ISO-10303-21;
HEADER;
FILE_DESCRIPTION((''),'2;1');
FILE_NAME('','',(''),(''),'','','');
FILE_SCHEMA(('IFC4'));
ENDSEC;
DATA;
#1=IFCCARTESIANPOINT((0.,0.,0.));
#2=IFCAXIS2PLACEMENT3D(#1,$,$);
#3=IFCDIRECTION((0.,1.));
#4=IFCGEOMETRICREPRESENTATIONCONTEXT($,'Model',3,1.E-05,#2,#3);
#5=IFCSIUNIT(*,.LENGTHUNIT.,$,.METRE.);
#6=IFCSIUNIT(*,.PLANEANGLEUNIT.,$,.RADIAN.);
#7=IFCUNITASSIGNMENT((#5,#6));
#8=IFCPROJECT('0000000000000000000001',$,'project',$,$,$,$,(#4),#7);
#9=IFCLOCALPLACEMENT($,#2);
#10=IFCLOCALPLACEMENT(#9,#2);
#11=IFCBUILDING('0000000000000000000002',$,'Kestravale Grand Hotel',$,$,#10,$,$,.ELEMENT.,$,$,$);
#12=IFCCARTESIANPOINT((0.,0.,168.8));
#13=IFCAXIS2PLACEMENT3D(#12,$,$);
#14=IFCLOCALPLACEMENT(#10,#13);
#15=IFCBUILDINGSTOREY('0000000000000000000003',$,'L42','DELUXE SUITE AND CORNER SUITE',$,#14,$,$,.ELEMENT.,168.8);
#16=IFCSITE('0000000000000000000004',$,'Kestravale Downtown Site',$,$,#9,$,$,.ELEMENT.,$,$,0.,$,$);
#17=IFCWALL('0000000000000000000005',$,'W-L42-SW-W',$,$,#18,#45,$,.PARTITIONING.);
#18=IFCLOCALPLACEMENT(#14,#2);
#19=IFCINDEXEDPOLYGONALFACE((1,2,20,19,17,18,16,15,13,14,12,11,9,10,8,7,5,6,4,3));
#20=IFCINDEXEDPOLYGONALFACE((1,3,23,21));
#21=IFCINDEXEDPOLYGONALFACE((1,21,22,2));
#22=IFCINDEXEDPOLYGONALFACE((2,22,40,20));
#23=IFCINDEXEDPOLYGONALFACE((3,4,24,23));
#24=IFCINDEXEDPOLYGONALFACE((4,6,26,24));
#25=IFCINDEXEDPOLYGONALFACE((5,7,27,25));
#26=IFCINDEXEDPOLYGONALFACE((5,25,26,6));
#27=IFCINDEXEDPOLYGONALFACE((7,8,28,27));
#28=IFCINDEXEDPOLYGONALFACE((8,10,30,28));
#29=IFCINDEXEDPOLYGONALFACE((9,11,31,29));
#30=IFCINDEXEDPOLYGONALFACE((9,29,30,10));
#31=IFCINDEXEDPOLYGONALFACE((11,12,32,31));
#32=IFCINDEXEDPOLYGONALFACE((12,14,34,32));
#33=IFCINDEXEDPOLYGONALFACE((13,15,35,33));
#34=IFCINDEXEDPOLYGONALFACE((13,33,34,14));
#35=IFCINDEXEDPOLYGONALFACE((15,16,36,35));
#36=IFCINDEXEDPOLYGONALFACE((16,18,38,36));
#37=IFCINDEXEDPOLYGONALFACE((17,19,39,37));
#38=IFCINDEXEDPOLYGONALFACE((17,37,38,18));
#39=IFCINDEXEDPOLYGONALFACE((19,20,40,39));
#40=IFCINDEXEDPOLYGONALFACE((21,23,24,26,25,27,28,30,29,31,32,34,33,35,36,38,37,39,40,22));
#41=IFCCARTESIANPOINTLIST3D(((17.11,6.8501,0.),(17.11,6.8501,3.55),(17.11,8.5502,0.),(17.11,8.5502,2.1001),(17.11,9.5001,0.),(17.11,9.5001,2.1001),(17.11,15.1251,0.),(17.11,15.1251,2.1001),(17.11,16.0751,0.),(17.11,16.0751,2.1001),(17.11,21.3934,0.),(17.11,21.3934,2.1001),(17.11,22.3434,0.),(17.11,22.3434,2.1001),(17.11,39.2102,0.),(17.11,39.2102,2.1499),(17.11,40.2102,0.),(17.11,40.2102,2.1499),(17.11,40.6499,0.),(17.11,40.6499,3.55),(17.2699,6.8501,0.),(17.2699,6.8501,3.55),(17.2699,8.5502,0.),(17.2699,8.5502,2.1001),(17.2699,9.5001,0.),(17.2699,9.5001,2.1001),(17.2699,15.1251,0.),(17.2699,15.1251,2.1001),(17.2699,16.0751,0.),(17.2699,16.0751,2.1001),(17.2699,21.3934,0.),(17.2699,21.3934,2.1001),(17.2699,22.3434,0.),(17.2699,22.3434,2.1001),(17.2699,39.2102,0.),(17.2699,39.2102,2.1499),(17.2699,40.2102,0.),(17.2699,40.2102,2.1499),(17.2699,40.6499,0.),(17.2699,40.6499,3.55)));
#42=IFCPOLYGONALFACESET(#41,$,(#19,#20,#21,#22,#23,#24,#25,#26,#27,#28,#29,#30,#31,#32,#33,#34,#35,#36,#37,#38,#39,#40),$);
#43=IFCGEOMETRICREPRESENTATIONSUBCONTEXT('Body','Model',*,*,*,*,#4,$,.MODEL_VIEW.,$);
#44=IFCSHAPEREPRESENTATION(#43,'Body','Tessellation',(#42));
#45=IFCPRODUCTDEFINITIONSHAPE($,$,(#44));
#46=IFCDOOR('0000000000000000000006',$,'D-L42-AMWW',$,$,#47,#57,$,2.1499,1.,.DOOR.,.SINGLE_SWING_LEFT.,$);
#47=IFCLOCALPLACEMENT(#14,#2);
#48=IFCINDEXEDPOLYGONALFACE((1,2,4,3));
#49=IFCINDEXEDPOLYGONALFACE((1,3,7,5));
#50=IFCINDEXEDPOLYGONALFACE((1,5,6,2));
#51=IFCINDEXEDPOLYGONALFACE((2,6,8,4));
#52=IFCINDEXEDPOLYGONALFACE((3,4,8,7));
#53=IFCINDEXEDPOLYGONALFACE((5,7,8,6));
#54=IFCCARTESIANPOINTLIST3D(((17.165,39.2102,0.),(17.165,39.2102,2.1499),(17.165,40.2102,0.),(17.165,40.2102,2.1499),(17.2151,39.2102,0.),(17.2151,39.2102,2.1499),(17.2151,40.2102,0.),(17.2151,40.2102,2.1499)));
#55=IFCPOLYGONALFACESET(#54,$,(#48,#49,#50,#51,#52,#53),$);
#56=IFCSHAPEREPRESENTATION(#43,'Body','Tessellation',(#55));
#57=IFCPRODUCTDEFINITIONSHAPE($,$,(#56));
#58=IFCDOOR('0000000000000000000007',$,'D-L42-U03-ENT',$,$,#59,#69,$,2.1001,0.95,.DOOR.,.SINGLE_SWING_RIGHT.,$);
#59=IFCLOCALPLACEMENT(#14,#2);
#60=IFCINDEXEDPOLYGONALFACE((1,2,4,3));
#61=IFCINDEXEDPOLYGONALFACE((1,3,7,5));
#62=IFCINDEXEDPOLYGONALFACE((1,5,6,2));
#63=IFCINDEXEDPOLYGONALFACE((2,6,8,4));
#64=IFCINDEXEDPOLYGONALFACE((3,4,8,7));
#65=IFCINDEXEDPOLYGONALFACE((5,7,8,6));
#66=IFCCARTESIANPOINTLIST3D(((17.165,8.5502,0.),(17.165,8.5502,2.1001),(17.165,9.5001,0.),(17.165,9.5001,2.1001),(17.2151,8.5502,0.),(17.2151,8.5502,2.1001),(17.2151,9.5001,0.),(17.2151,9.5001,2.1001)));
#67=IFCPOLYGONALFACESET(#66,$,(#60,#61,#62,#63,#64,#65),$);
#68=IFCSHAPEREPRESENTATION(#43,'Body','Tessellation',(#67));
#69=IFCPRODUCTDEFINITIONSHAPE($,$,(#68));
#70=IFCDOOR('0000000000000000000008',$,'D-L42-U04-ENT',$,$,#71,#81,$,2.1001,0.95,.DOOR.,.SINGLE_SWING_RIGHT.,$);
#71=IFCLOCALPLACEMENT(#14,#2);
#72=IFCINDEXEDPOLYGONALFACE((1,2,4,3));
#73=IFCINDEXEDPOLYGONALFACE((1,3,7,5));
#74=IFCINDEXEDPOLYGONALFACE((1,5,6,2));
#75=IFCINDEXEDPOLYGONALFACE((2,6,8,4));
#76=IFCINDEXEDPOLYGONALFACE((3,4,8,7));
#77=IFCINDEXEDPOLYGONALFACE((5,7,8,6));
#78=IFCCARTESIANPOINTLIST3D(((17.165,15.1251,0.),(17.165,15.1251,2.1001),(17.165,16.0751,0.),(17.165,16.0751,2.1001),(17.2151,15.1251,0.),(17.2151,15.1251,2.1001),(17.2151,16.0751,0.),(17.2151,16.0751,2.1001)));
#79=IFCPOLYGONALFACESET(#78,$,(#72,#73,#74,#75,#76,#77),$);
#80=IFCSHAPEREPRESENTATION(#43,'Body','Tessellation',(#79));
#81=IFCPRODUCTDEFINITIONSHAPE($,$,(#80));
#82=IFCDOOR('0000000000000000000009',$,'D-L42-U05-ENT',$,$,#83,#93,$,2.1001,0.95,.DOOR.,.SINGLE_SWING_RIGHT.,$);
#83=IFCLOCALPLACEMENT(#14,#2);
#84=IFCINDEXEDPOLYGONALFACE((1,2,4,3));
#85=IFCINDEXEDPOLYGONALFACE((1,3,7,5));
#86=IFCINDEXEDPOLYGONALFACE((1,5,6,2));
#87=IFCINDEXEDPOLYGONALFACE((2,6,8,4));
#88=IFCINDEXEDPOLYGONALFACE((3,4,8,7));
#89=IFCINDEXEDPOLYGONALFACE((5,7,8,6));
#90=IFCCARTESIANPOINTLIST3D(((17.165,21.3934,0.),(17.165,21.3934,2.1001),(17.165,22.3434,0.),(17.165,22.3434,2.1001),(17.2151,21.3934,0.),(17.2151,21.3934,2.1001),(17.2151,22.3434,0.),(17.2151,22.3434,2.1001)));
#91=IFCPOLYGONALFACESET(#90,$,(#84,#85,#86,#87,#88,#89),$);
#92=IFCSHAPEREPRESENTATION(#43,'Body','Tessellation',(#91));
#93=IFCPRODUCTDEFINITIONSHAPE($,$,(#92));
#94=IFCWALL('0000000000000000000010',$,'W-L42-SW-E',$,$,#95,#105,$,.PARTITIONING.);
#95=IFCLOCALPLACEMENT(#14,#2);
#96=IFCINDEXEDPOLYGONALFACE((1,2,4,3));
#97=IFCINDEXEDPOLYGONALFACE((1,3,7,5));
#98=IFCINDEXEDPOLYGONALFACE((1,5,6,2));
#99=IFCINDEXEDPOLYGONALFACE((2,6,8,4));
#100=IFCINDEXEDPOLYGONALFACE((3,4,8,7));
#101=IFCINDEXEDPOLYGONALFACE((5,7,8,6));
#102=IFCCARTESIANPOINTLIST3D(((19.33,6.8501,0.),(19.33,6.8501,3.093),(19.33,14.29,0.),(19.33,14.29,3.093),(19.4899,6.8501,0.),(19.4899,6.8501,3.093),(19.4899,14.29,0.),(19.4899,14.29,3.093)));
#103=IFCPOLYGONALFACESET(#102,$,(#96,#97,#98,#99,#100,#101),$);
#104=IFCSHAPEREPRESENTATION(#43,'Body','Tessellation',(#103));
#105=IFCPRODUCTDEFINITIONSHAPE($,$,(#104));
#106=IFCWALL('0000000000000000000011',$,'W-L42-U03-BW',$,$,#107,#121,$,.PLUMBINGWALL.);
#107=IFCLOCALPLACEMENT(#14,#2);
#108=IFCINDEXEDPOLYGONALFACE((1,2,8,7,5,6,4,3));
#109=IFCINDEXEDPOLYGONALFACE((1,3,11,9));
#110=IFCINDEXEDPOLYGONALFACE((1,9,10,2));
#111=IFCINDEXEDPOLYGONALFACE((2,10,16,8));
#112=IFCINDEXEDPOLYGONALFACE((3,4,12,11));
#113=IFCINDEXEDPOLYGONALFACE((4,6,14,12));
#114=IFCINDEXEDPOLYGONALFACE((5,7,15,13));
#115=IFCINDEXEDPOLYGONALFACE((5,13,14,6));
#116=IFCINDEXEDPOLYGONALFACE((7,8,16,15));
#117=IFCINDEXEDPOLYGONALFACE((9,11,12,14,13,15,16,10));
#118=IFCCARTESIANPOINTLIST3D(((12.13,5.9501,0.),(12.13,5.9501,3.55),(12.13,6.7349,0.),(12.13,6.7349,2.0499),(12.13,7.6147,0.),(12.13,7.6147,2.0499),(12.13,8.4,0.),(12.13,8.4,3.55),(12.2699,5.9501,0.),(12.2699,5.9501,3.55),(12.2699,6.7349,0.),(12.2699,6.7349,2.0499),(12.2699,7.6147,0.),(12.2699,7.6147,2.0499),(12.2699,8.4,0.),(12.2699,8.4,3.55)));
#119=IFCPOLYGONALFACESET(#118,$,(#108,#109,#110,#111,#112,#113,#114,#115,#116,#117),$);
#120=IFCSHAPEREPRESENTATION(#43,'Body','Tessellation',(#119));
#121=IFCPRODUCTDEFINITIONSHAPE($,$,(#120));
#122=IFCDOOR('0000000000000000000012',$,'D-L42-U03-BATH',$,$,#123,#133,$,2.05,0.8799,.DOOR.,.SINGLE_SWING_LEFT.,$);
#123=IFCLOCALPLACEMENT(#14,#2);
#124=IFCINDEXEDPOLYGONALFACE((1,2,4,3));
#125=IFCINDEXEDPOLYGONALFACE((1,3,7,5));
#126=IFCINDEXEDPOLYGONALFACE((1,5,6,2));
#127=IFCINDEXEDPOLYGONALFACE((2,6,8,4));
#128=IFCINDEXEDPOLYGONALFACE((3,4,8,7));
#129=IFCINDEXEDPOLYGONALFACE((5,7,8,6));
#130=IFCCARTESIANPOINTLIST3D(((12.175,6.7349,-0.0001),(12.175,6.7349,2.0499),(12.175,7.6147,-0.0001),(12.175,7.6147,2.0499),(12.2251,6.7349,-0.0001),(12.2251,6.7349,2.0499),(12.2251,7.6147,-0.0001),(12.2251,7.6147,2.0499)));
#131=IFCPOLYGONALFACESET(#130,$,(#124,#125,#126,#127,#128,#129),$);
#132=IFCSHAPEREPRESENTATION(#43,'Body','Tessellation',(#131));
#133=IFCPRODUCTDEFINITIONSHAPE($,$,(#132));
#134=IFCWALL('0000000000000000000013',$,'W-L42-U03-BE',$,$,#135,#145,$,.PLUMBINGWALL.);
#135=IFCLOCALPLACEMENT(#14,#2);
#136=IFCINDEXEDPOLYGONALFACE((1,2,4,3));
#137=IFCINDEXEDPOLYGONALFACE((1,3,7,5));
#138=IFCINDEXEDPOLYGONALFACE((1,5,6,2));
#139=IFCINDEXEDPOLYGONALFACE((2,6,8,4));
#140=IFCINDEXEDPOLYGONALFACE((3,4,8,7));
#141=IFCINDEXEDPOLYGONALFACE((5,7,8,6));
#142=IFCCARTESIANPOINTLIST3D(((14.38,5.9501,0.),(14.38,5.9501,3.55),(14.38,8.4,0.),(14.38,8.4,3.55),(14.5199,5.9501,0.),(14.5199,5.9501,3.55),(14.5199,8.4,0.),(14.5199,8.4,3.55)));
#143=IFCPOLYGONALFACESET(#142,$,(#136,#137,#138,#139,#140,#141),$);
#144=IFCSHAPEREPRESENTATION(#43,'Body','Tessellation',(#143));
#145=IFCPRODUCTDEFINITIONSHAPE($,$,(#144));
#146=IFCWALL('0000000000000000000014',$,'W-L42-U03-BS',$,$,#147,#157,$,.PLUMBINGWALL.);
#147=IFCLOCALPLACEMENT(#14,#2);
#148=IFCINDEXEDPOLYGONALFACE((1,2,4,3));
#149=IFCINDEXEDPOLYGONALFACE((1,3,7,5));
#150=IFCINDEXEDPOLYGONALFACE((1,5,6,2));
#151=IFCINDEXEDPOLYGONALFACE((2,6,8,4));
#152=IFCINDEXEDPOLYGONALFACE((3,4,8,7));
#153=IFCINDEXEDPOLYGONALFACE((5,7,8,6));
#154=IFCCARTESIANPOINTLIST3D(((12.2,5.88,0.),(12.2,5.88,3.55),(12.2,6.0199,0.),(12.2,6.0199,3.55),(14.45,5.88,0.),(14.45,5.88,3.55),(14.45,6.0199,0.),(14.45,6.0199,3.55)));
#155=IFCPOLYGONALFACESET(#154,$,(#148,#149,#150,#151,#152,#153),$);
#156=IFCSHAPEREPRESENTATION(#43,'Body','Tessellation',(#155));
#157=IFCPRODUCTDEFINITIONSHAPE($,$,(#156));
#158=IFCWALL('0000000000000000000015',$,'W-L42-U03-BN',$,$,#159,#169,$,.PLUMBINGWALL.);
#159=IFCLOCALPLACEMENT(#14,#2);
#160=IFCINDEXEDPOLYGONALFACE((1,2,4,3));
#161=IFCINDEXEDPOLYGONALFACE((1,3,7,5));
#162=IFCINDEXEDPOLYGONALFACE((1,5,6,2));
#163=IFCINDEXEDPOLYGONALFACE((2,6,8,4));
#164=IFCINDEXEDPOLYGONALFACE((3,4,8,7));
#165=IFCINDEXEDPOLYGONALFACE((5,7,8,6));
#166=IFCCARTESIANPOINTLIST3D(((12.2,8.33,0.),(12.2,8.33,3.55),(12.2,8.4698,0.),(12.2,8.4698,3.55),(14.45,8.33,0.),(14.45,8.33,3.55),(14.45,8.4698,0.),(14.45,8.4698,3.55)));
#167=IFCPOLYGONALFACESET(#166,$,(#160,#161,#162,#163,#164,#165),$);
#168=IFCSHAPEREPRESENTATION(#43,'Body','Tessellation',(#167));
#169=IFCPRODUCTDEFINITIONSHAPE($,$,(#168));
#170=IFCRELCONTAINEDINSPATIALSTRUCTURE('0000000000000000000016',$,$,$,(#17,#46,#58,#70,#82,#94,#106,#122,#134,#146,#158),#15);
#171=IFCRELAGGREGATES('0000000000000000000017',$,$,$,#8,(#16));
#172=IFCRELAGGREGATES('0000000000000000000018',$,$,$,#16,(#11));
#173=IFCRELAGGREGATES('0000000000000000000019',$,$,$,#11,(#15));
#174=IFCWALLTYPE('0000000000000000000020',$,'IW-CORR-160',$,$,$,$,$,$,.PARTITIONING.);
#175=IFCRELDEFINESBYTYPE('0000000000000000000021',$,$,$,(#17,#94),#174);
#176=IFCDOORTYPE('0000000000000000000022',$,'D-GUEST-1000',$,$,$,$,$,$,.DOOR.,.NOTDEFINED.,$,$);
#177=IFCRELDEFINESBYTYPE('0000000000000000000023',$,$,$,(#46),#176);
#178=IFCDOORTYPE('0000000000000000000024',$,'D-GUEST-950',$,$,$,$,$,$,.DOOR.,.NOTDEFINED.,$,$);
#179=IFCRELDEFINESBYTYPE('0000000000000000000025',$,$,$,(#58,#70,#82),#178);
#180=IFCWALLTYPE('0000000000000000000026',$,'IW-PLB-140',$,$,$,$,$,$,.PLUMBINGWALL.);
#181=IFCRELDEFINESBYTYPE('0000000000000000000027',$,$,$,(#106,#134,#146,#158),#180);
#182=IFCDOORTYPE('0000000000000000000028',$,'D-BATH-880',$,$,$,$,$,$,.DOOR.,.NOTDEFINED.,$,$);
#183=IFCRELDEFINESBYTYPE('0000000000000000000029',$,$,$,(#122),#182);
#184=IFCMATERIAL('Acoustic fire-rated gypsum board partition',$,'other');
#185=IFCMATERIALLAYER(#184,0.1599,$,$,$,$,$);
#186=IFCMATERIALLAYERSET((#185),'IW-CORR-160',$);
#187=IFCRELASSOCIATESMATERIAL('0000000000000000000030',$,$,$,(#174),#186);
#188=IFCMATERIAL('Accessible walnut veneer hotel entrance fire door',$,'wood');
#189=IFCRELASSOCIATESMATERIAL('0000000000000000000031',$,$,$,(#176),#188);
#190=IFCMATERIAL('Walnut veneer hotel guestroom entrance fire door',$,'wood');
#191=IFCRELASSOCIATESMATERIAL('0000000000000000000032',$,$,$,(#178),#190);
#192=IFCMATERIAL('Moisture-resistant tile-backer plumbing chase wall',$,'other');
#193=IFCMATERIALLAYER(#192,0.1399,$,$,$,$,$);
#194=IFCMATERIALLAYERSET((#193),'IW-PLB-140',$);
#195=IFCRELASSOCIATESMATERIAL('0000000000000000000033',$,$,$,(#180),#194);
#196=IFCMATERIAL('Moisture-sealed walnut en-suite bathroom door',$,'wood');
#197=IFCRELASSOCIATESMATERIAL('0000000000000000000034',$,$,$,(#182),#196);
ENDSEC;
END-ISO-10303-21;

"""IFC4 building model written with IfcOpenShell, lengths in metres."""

from ifc_helpers import new_model, si_unit, direction, frame, frame_2d, origin, place, context, subcontext, project, spatial, rectangle, extrude, material, layer, layer_set, type_object, element, fill, save


model = new_model("IFC4")

# Units and contexts
model_context = context("Model", 3, precision=1e-05, world=origin(), true_north=direction((0.0, 1.0)))
body_context = subcontext(model_context, "Body", "Model", "MODEL_VIEW")
ifc_project = project(units=[si_unit("LENGTHUNIT", "METRE"), si_unit("PLANEANGLEUNIT", "RADIAN")], contexts=[model_context])

# Site, building, storey
site_placement = place(None, origin())
site = spatial("IfcSite", under=ifc_project, at=site_placement, Name="Kestravale Downtown Site", CompositionType="ELEMENT", RefElevation=0.0)
building_placement = place(site_placement, origin())
building = spatial("IfcBuilding", under=site, at=building_placement, Name="Kestravale Grand Hotel", CompositionType="ELEMENT")
storey_placement = place(building_placement, frame((0.0, 0.0, 168.8)))
storey = spatial("IfcBuildingStorey", under=building, at=storey_placement, Name="L42", Description="DELUXE SUITE AND CORNER SUITE", CompositionType="ELEMENT", Elevation=168.8)

# Wall, openings, doors
ifc_material_1 = material(Name="Acoustic fire-rated gypsum board partition", Category="other")
ifc_layer_1 = layer(ifc_material_1, 0.1599)
ifc_layer_set_1 = layer_set([ifc_layer_1], Name="IW-CORR-160")
wall_type_1 = type_object("IfcWallType", Name="IW-CORR-160", PredefinedType="PARTITIONING", material=ifc_layer_set_1)
wall_1_placement = place(storey_placement, frame((17.1899, 6.8501, 0.0), z_axis=(0.0, 0.0, 1.0), x_axis=(0.0, 1.0, 0.0)))
wall_1 = element("IfcWall", 1, at=wall_1_placement, inside=storey, type_object=wall_type_1, Name="W-L42-SW-W", PredefinedType="PARTITIONING", context=body_context, shape_type="SweptSolid", body=[
    extrude(rectangle(XDim=33.7998, YDim=0.1599, at=frame_2d((16.8999, 0.0))), origin(), (0.0, 0.0, 1.0), 3.55),
])
opening_1_placement = place(wall_1_placement, frame((1.7, 0.0, 0.0)))
opening_1 = element("IfcOpeningElement", 2, at=opening_1_placement, cuts=wall_1, PredefinedType="OPENING", context=body_context, shape_type="SweptSolid", body=[
    extrude(rectangle(XDim=0.95, YDim=2.1001, at=frame_2d((0.4751, 1.05))), frame((0.0, 0.0898, 0.0), z_axis=(0.0, -1.0, 0.0), x_axis=(1.0, 0.0, 0.0)), (0.0, 0.0, 1.0), 0.1799),
])
opening_2_placement = place(wall_1_placement, frame((8.2749, 0.0, 0.0)))
opening_2 = element("IfcOpeningElement", 3, at=opening_2_placement, cuts=wall_1, PredefinedType="OPENING", context=body_context, shape_type="SweptSolid", body=[
    extrude(rectangle(XDim=0.95, YDim=2.1001, at=frame_2d((0.4751, 1.05))), frame((0.0, 0.0898, 0.0), z_axis=(0.0, -1.0, 0.0), x_axis=(1.0, 0.0, 0.0)), (0.0, 0.0, 1.0), 0.1799),
])
opening_3_placement = place(wall_1_placement, frame((14.5432, 0.0, 0.0)))
opening_3 = element("IfcOpeningElement", 4, at=opening_3_placement, cuts=wall_1, PredefinedType="OPENING", context=body_context, shape_type="SweptSolid", body=[
    extrude(rectangle(XDim=0.95, YDim=2.1001, at=frame_2d((0.4751, 1.05))), frame((0.0, 0.0898, 0.0), z_axis=(0.0, -1.0, 0.0), x_axis=(1.0, 0.0, 0.0)), (0.0, 0.0, 1.0), 0.1799),
])
opening_4_placement = place(wall_1_placement, frame((32.3601, 0.0, 0.0)))
opening_4 = element("IfcOpeningElement", 5, at=opening_4_placement, cuts=wall_1, PredefinedType="OPENING", context=body_context, shape_type="SweptSolid", body=[
    extrude(rectangle(XDim=1.0, YDim=2.1499, at=frame_2d((0.5, 1.075))), frame((0.0, 0.0898, 0.0), z_axis=(0.0, -1.0, 0.0), x_axis=(1.0, 0.0, 0.0)), (0.0, 0.0, 1.0), 0.1799),
])
ifc_material_2 = material(Name="Accessible walnut veneer hotel entrance fire door", Category="wood")
door_type_1 = type_object("IfcDoorType", Name="D-GUEST-1000", OperationType="NOTDEFINED", PredefinedType="DOOR", material=ifc_material_2)
door_1_placement = place(opening_4_placement, origin())
door_1 = element("IfcDoor", 6, at=door_1_placement, inside=storey, type_object=door_type_1, Name="D-L42-AMWW", OperationType="SINGLE_SWING_LEFT", OverallHeight=2.1499, OverallWidth=1.0, PredefinedType="DOOR", context=body_context, shape_type="SweptSolid", body=[
    extrude(rectangle(XDim=1.0, YDim=2.1499, at=frame_2d((0.5, 1.075))), frame((0.0, 0.0249, 0.0), z_axis=(0.0, -1.0, 0.0), x_axis=(1.0, 0.0, 0.0)), (0.0, 0.0, 1.0), 0.05),
])
fill(opening_4, door_1)
ifc_material_3 = material(Name="Walnut veneer hotel guestroom entrance fire door", Category="wood")
door_type_2 = type_object("IfcDoorType", Name="D-GUEST-950", OperationType="NOTDEFINED", PredefinedType="DOOR", material=ifc_material_3)
door_2_placement = place(opening_1_placement, origin())
door_2 = element("IfcDoor", 7, at=door_2_placement, inside=storey, type_object=door_type_2, Name="D-L42-U03-ENT", OperationType="SINGLE_SWING_RIGHT", OverallHeight=2.1001, OverallWidth=0.95, PredefinedType="DOOR", context=body_context, shape_type="SweptSolid", body=[
    extrude(rectangle(XDim=0.95, YDim=2.1001, at=frame_2d((0.4751, 1.05))), frame((0.0, 0.0249, 0.0), z_axis=(0.0, -1.0, 0.0), x_axis=(1.0, 0.0, 0.0)), (0.0, 0.0, 1.0), 0.05),
])
fill(opening_1, door_2)
door_3_placement = place(opening_2_placement, origin())
door_3 = element("IfcDoor", 8, at=door_3_placement, inside=storey, type_object=door_type_2, Name="D-L42-U04-ENT", OperationType="SINGLE_SWING_RIGHT", OverallHeight=2.1001, OverallWidth=0.95, PredefinedType="DOOR", context=body_context, shape_type="SweptSolid", body=[
    extrude(rectangle(XDim=0.95, YDim=2.1001, at=frame_2d((0.4751, 1.05))), frame((0.0, 0.0249, 0.0), z_axis=(0.0, -1.0, 0.0), x_axis=(1.0, 0.0, 0.0)), (0.0, 0.0, 1.0), 0.05),
])
fill(opening_2, door_3)
door_4_placement = place(opening_3_placement, origin())
door_4 = element("IfcDoor", 9, at=door_4_placement, inside=storey, type_object=door_type_2, Name="D-L42-U05-ENT", OperationType="SINGLE_SWING_RIGHT", OverallHeight=2.1001, OverallWidth=0.95, PredefinedType="DOOR", context=body_context, shape_type="SweptSolid", body=[
    extrude(rectangle(XDim=0.95, YDim=2.1001, at=frame_2d((0.4751, 1.05))), frame((0.0, 0.0249, 0.0), z_axis=(0.0, -1.0, 0.0), x_axis=(1.0, 0.0, 0.0)), (0.0, 0.0, 1.0), 0.05),
])
fill(opening_3, door_4)

# Wall
wall_2_placement = place(storey_placement, frame((19.4099, 6.8501, 0.0), z_axis=(0.0, 0.0, 1.0), x_axis=(0.0, 1.0, 0.0)))
element("IfcWall", 10, at=wall_2_placement, inside=storey, type_object=wall_type_1, Name="W-L42-SW-E", PredefinedType="PARTITIONING", context=body_context, shape_type="SweptSolid", body=[
    extrude(rectangle(XDim=7.4399, YDim=0.1599, at=frame_2d((3.72, 0.0))), origin(), (0.0, 0.0, 1.0), 3.093),
])

# Wall, opening, door
ifc_material_4 = material(Name="Moisture-resistant tile-backer plumbing chase wall", Category="other")
ifc_layer_2 = layer(ifc_material_4, 0.1399)
ifc_layer_set_2 = layer_set([ifc_layer_2], Name="IW-PLB-140")
wall_type_2 = type_object("IfcWallType", Name="IW-PLB-140", PredefinedType="PLUMBINGWALL", material=ifc_layer_set_2)
wall_3_placement = place(storey_placement, frame((12.2, 5.95, 0.0), z_axis=(0.0, 0.0, 1.0), x_axis=(0.0, 1.0, 0.0)))
wall_3 = element("IfcWall", 11, at=wall_3_placement, inside=storey, type_object=wall_type_2, Name="W-L42-U03-BW", PredefinedType="PLUMBINGWALL", context=body_context, shape_type="SweptSolid", body=[
    extrude(rectangle(XDim=2.45, YDim=0.1399, at=frame_2d((1.2251, 0.0))), origin(), (0.0, 0.0, 1.0), 3.55),
])
opening_5_placement = place(wall_3_placement, frame((0.7849, 0.0, 0.0)))
opening_5 = element("IfcOpeningElement", 12, at=opening_5_placement, cuts=wall_3, PredefinedType="OPENING", context=body_context, shape_type="SweptSolid", body=[
    extrude(rectangle(XDim=0.8799, YDim=2.05, at=frame_2d((0.4399, 1.0249))), frame((0.0, 0.0798, 0.0), z_axis=(0.0, -1.0, 0.0), x_axis=(1.0, 0.0, 0.0)), (0.0, 0.0, 1.0), 0.1599),
])
ifc_material_5 = material(Name="Moisture-sealed walnut en-suite bathroom door", Category="wood")
door_type_3 = type_object("IfcDoorType", Name="D-BATH-880", OperationType="NOTDEFINED", PredefinedType="DOOR", material=ifc_material_5)
door_5_placement = place(opening_5_placement, origin())
door_5 = element("IfcDoor", 13, at=door_5_placement, inside=storey, type_object=door_type_3, Name="D-L42-U03-BATH", OperationType="SINGLE_SWING_LEFT", OverallHeight=2.05, OverallWidth=0.8799, PredefinedType="DOOR", context=body_context, shape_type="SweptSolid", body=[
    extrude(rectangle(XDim=0.8799, YDim=2.05, at=frame_2d((0.4399, 1.0249))), frame((0.0, 0.0249, 0.0), z_axis=(0.0, -1.0, 0.0), x_axis=(1.0, 0.0, 0.0)), (0.0, 0.0, 1.0), 0.05),
])
fill(opening_5, door_5)

# Walls
wall_4_placement = place(storey_placement, frame((14.45, 5.95, 0.0), z_axis=(0.0, 0.0, 1.0), x_axis=(0.0, 1.0, 0.0)))
element("IfcWall", 14, at=wall_4_placement, inside=storey, type_object=wall_type_2, Name="W-L42-U03-BE", PredefinedType="PLUMBINGWALL", context=body_context, shape_type="SweptSolid", body=[
    extrude(rectangle(XDim=2.45, YDim=0.1399, at=frame_2d((1.2251, 0.0))), origin(), (0.0, 0.0, 1.0), 3.55),
])
for number, where, z_axis, x_axis, name in (
    (15, (12.2, 5.95, 0.0), (0.0, 0.0, 1.0), (1.0, 0.0, 0.0), "W-L42-U03-BS"),
    (16, (12.2, 8.3999, 0.0), (0.0, 0.0, 1.0), (1.0, 0.0, 0.0), "W-L42-U03-BN"),
):
    element("IfcWall", number, at=place(storey_placement, frame(where, z_axis=z_axis, x_axis=x_axis)), inside=storey, type_object=wall_type_2, Name=name, PredefinedType="PLUMBINGWALL", context=body_context, shape_type="SweptSolid", body=[
        extrude(rectangle(XDim=2.25, YDim=0.1399, at=frame_2d((1.125, 0.0))), origin(), (0.0, 0.0, 1.0), 3.55),
    ])

save(model, "model.ifc")
